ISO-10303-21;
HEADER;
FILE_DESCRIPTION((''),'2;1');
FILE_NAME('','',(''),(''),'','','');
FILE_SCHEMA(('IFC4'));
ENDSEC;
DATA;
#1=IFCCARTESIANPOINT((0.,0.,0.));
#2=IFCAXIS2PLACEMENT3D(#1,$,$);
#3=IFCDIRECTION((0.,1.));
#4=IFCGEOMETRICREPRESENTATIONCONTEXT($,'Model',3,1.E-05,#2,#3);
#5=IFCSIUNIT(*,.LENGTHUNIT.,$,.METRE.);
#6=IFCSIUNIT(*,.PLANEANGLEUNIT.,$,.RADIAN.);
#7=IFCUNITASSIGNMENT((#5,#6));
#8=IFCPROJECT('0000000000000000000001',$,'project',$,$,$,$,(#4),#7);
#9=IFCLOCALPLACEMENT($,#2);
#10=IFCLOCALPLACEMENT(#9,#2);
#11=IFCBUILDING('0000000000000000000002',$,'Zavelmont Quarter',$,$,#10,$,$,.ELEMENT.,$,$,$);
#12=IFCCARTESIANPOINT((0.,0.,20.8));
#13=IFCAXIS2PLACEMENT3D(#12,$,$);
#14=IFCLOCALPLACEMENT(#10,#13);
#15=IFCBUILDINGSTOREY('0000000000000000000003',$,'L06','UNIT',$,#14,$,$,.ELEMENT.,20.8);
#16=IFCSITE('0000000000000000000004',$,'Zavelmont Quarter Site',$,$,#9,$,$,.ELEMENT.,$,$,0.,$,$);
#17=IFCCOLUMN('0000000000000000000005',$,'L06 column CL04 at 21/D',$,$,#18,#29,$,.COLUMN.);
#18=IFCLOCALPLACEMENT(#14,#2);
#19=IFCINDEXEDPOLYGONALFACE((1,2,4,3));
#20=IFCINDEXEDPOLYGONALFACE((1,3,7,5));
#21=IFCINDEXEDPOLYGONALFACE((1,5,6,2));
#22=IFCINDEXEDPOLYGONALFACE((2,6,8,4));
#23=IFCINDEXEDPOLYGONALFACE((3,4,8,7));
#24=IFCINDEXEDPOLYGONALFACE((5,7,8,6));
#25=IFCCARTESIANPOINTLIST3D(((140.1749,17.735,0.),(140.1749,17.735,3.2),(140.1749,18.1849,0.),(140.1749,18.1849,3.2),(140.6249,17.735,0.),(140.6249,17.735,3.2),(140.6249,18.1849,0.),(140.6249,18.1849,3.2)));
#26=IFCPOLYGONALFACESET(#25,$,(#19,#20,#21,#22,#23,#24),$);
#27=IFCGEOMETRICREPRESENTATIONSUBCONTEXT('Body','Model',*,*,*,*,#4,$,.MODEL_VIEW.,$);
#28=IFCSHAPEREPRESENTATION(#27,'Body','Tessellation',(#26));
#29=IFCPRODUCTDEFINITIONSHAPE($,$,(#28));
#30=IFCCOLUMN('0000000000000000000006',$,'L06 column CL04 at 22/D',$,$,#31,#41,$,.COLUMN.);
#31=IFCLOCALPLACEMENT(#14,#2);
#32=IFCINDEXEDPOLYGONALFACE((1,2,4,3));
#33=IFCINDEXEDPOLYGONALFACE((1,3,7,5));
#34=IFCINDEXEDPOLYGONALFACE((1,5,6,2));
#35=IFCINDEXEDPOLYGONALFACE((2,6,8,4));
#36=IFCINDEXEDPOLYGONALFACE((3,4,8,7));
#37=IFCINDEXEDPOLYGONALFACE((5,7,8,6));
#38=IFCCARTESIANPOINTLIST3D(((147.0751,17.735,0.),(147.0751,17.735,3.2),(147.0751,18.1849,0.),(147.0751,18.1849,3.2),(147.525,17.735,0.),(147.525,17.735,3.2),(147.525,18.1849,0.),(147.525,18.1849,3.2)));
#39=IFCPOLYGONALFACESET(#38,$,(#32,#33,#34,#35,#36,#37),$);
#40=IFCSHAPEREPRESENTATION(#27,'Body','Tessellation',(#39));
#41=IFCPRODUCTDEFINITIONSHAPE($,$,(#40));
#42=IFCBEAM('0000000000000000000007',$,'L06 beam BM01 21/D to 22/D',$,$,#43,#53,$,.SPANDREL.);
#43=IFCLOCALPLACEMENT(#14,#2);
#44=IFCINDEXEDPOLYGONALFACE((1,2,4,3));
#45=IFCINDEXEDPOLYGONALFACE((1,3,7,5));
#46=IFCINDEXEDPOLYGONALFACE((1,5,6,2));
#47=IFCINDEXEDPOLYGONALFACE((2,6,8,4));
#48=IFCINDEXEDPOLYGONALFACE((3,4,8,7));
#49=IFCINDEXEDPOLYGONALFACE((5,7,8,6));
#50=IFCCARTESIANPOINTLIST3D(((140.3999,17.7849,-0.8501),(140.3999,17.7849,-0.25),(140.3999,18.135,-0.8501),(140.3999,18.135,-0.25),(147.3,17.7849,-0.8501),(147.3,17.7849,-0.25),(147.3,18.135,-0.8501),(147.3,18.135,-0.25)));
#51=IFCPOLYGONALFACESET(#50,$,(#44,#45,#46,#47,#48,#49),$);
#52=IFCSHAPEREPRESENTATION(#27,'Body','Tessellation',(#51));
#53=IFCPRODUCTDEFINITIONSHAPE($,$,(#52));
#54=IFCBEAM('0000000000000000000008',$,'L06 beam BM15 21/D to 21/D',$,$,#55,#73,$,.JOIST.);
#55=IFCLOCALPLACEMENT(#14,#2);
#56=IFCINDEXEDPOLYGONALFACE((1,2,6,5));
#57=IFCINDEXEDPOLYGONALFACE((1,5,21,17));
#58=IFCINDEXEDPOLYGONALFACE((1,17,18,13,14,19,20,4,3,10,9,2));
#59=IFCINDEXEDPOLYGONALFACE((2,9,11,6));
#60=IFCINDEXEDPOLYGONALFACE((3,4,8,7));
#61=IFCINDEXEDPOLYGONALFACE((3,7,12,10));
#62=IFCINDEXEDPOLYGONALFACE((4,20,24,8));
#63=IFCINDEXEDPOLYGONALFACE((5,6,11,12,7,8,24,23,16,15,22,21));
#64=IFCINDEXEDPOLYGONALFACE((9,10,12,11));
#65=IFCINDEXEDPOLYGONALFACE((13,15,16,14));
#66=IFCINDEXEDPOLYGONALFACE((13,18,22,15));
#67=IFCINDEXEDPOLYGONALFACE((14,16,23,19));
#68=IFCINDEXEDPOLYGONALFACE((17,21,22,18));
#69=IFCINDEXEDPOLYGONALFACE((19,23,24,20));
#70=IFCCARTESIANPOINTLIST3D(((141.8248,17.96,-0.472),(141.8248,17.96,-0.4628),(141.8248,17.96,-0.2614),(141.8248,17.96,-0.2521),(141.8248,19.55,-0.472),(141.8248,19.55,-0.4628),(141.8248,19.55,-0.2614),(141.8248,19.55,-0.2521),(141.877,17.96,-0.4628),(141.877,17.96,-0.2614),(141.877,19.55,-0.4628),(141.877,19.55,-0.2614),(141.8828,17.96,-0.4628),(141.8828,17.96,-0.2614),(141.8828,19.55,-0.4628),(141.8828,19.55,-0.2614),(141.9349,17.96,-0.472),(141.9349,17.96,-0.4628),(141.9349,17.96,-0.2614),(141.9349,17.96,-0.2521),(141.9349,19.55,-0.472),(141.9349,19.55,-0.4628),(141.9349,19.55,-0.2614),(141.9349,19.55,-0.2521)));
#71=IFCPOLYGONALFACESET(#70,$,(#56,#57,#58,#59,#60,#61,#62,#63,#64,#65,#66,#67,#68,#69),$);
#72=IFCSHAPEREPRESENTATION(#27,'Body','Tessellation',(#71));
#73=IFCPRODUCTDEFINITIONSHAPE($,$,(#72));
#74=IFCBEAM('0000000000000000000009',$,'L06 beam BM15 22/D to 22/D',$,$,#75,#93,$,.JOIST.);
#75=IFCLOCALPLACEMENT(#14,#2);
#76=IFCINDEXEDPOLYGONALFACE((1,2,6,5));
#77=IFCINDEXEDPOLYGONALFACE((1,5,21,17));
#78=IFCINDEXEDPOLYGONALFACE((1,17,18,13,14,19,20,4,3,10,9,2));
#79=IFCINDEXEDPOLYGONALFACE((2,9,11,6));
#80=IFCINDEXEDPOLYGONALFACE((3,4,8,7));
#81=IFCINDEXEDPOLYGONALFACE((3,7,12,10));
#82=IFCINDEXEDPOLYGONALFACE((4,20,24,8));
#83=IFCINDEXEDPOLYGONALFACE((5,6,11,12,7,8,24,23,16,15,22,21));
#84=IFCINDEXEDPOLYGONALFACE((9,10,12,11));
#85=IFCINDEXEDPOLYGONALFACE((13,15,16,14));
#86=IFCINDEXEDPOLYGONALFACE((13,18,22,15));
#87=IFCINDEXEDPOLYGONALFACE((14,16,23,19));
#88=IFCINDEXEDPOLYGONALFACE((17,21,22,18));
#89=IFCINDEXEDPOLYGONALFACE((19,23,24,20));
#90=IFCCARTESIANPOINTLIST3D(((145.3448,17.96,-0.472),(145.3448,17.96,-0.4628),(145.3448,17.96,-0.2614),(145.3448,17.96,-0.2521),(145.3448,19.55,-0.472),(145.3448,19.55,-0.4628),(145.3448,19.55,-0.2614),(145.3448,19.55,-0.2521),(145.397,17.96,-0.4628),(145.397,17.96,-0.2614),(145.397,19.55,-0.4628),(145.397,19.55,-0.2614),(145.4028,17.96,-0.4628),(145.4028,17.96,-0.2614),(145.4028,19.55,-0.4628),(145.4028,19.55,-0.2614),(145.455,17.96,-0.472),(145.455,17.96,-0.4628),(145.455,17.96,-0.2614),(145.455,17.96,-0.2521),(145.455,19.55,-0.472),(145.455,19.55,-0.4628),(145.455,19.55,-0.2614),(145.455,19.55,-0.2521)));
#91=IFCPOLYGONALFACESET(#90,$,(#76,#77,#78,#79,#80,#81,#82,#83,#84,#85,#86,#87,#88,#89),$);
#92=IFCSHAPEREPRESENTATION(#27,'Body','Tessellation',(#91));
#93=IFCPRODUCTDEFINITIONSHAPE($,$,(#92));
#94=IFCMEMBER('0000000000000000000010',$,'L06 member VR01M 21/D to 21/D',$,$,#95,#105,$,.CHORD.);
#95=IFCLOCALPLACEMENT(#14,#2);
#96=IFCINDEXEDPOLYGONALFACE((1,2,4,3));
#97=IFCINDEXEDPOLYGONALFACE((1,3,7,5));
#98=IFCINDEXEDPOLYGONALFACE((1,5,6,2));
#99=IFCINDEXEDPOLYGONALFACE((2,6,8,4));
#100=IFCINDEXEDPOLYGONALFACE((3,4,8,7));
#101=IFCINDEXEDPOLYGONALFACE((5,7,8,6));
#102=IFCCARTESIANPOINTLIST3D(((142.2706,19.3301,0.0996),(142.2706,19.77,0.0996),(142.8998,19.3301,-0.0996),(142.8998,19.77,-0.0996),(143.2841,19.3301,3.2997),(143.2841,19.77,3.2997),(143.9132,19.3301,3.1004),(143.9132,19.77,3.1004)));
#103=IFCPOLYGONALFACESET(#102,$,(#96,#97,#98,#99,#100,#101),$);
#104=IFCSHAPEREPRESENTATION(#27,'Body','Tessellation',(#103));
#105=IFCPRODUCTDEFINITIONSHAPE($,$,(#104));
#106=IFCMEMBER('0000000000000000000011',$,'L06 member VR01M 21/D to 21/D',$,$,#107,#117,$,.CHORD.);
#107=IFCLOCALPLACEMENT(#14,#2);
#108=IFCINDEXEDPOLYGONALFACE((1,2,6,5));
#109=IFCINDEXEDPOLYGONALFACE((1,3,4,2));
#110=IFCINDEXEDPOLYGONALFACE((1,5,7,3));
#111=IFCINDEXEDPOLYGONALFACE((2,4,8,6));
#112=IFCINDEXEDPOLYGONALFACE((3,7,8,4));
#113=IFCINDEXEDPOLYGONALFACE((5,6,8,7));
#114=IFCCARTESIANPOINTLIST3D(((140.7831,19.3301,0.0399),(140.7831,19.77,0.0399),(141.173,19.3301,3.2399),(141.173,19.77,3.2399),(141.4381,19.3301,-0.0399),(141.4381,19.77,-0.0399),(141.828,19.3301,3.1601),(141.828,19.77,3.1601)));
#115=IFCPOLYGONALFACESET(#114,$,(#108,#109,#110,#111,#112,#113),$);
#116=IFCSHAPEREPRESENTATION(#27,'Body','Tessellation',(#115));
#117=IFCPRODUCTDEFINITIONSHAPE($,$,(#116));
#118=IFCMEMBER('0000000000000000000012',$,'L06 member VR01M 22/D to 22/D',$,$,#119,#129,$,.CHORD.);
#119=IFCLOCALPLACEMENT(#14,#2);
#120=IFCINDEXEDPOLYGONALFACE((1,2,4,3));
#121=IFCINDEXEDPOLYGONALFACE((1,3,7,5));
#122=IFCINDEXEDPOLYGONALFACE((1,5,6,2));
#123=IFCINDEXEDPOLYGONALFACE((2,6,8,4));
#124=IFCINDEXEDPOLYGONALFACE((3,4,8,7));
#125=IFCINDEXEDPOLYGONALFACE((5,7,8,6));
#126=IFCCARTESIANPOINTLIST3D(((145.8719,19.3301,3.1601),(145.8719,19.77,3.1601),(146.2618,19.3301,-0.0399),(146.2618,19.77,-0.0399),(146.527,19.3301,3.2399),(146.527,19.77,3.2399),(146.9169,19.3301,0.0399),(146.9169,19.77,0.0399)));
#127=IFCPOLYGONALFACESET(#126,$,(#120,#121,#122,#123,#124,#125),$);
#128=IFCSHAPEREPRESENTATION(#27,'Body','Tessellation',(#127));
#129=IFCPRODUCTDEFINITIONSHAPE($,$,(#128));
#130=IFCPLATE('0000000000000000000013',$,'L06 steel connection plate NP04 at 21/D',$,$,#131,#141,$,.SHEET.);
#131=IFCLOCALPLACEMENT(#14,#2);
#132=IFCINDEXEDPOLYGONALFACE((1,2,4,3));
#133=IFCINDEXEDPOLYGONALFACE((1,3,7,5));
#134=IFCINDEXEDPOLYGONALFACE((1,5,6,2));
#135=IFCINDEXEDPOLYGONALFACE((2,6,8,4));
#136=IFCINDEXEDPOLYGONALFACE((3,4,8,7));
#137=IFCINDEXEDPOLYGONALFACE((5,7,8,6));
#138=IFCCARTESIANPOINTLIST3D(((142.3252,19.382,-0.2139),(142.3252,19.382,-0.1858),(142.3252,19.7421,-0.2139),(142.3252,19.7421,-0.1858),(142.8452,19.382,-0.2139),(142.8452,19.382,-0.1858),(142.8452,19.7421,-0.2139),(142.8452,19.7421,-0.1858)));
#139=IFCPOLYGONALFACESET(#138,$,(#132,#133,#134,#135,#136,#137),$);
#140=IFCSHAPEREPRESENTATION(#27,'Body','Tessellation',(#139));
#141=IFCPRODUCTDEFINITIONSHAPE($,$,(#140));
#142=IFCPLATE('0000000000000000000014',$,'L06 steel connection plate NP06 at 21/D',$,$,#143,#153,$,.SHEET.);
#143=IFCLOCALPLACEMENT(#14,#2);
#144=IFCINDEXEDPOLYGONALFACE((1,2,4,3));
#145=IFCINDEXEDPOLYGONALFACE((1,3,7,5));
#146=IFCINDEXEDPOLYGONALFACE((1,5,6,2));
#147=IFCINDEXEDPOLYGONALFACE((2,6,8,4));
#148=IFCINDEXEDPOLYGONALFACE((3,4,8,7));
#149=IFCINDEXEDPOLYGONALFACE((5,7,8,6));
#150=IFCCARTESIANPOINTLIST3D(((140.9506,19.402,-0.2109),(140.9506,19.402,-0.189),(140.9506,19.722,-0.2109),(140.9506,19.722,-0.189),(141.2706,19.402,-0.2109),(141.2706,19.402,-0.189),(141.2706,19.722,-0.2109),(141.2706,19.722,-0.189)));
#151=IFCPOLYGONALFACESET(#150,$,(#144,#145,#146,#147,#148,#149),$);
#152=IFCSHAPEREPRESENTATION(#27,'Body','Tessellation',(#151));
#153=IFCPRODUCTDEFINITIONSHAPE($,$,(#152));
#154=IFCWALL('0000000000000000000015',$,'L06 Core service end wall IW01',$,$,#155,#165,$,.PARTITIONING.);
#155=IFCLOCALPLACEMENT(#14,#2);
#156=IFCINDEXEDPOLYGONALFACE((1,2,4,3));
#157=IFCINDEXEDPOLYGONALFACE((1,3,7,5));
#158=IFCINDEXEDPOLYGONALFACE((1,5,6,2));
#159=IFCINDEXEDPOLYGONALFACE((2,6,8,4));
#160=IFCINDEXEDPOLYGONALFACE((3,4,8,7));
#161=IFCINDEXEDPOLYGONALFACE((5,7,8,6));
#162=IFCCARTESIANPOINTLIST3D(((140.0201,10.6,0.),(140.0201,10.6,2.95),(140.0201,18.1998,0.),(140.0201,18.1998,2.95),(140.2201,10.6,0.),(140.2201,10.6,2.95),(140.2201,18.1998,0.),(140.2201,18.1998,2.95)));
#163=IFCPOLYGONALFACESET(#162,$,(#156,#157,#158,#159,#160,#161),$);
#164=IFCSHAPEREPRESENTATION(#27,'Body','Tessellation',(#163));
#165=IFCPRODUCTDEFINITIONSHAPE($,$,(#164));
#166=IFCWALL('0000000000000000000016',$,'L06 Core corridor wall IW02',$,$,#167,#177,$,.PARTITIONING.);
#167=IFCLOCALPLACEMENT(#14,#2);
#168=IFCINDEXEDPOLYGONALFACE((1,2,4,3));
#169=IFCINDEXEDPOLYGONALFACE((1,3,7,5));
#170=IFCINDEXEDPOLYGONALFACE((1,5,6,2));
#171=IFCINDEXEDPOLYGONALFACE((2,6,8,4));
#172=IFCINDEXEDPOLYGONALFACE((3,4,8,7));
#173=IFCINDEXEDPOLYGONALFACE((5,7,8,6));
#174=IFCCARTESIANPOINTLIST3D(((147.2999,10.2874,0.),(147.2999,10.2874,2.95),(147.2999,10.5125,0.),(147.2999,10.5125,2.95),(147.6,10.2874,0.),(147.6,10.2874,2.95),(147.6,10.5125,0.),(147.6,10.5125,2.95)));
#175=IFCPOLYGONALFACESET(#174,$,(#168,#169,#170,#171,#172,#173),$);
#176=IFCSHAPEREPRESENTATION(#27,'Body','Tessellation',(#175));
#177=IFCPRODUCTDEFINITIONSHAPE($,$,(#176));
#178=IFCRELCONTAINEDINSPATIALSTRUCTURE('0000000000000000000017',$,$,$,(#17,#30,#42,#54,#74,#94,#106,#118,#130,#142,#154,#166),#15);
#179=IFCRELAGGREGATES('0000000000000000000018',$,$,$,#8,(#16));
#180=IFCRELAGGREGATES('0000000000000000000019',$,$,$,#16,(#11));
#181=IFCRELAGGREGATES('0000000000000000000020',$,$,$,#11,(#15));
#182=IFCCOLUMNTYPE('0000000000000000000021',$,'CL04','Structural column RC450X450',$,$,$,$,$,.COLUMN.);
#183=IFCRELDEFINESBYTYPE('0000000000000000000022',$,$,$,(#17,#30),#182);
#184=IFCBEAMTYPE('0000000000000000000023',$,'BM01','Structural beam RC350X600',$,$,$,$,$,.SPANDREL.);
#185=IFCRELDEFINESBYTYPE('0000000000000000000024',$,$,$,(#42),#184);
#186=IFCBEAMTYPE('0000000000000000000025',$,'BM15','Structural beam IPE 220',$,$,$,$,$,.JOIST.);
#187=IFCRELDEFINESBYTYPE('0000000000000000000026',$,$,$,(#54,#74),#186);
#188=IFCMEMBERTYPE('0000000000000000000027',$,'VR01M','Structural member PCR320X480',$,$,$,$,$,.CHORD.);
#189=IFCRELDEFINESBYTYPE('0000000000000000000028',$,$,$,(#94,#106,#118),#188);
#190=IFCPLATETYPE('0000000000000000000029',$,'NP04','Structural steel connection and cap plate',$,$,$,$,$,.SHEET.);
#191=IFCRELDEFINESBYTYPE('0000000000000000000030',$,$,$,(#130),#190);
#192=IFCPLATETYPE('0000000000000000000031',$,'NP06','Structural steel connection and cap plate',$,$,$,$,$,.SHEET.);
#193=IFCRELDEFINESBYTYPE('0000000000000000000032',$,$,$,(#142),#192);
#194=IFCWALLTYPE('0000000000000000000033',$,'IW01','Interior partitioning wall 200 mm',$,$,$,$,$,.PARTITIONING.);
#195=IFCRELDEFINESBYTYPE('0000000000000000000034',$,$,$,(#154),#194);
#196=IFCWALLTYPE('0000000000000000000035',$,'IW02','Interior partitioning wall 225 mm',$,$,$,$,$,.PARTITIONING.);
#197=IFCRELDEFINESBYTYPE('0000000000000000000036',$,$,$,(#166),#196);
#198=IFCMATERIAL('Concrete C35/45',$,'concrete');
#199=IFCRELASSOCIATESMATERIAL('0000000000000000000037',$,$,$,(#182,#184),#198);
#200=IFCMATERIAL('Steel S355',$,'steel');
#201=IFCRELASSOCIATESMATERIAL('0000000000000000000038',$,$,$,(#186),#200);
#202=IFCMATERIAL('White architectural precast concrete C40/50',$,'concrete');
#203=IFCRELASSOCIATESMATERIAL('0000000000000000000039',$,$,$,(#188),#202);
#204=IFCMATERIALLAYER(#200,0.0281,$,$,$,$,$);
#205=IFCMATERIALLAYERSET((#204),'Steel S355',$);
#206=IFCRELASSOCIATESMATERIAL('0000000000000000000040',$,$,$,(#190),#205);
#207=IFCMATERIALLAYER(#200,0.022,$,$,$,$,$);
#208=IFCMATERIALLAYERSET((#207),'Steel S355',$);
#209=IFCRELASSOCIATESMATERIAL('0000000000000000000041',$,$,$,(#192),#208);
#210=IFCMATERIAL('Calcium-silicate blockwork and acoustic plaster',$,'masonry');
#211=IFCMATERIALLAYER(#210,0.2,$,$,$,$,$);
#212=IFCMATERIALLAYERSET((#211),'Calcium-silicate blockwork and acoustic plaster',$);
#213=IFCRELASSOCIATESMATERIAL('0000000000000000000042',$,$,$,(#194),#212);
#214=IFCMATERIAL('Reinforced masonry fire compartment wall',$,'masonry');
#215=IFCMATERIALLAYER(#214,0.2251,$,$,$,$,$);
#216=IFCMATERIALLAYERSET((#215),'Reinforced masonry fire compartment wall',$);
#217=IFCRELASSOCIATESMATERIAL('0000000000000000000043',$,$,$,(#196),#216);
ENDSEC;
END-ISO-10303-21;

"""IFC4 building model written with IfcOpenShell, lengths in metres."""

from ifc_helpers import new_model, si_unit, direction, frame, frame_2d, origin, origin_2d, place, context, subcontext, project, spatial, rectangle, i_section, extrude, material, layer, layer_set, material_profile, profile_set, type_object, element, save


model = new_model("IFC4")

# Units and contexts
model_context = context("Model", 3, precision=1e-05, world=origin(), true_north=direction((0.0, 1.0)))
body_context = subcontext(model_context, "Body", "Model", "MODEL_VIEW")
ifc_project = project(units=[si_unit("LENGTHUNIT", "METRE"), si_unit("PLANEANGLEUNIT", "RADIAN")], contexts=[model_context])

# Site, building, storey
site_placement = place(None, origin())
site = spatial("IfcSite", under=ifc_project, at=site_placement, Name="Zavelmont Quarter Site", CompositionType="ELEMENT", RefElevation=0.0)
building_placement = place(site_placement, origin())
building = spatial("IfcBuilding", under=site, at=building_placement, Name="Zavelmont Quarter", CompositionType="ELEMENT")
storey_placement = place(building_placement, frame((0.0, 0.0, 20.8)))
storey = spatial("IfcBuildingStorey", under=building, at=storey_placement, Name="L06", Description="UNIT", CompositionType="ELEMENT", Elevation=20.8)

# Columns
ifc_material_1 = material(Name="Concrete C35/45", Category="concrete")
ifc_material_profile_1 = material_profile(ifc_material_1, rectangle(XDim=0.45, YDim=0.45, at=origin_2d()), Name="RC450X450")
ifc_profile_set_1 = profile_set([ifc_material_profile_1], Name="Concrete C35/45")
column_type = type_object("IfcColumnType", Name="CL04", Description="Structural column RC450X450", PredefinedType="COLUMN", material=ifc_profile_set_1)
for number, where, z_axis, x_axis, name in (
    (1, (140.3999, 17.96, 0.0), (0.0, 0.0, 1.0), (1.0, 0.0, 0.0), "L06 column CL04 at 21/D"),
    (2, (147.3, 17.96, 0.0), (0.0, 0.0, 1.0), (1.0, 0.0, 0.0), "L06 column CL04 at 22/D"),
):
    element("IfcColumn", number, at=place(storey_placement, frame(where, z_axis=z_axis, x_axis=x_axis)), inside=storey, type_object=column_type, Name=name, PredefinedType="COLUMN", context=body_context, shape_type="SweptSolid", body=[
        extrude(rectangle(XDim=0.45, YDim=0.45, at=origin_2d()), origin(), (0.0, 0.0, 1.0), 3.2),
    ])

# Beams
ifc_material_profile_2 = material_profile(ifc_material_1, rectangle(XDim=0.3501, YDim=0.6001, at=origin_2d()), Name="RC350X600")
ifc_profile_set_2 = profile_set([ifc_material_profile_2], Name="Concrete C35/45")
beam_type_1 = type_object("IfcBeamType", Name="BM01", Description="Structural beam RC350X600", PredefinedType="SPANDREL", material=ifc_profile_set_2)
beam_placement = place(storey_placement, frame((140.3999, 17.96, -0.55), z_axis=(1.0, 0.0, 0.0), x_axis=(0.0, 1.0, 0.0)))
element("IfcBeam", 3, at=beam_placement, inside=storey, type_object=beam_type_1, Name="L06 beam BM01 21/D to 22/D", PredefinedType="SPANDREL", context=body_context, shape_type="SweptSolid", body=[
    extrude(rectangle(XDim=0.3501, YDim=0.6001, at=origin_2d()), origin(), (0.0, 0.0, 1.0), 6.9001),
])
ifc_material_2 = material(Name="Steel S355", Category="steel")
ifc_material_profile_3 = material_profile(ifc_material_2, i_section(OverallWidth=0.1101, OverallDepth=0.22, WebThickness=0.0059, FlangeThickness=0.0093, at=origin_2d()), Name="IPE 220")
ifc_profile_set_3 = profile_set([ifc_material_profile_3], Name="Steel S355")
beam_type_2 = type_object("IfcBeamType", Name="BM15", Description="Structural beam IPE 220", PredefinedType="JOIST", material=ifc_profile_set_3)
for number, where, z_axis, x_axis, name in (
    (4, (141.8799, 17.96, -0.3621), (0.0, 1.0, 0.0), (-1.0, 0.0, 0.0), "L06 beam BM15 21/D to 21/D"),
    (5, (145.3999, 17.96, -0.3621), (0.0, 1.0, 0.0), (-1.0, 0.0, 0.0), "L06 beam BM15 22/D to 22/D"),
):
    element("IfcBeam", number, at=place(storey_placement, frame(where, z_axis=z_axis, x_axis=x_axis)), inside=storey, type_object=beam_type_2, Name=name, PredefinedType="JOIST", context=body_context, shape_type="SweptSolid", body=[
        extrude(i_section(OverallWidth=0.1101, OverallDepth=0.22, WebThickness=0.0059, FlangeThickness=0.0093, at=origin_2d()), origin(), (0.0, 0.0, 1.0), 1.5901),
    ])

# Members
ifc_material_3 = material(Name="White architectural precast concrete C40/50", Category="concrete")
ifc_material_profile_4 = material_profile(ifc_material_3, rectangle(XDim=0.4399, YDim=0.6599, at=origin_2d()), Name="PCR320X480")
ifc_profile_set_4 = profile_set([ifc_material_profile_4], Name="White architectural precast concrete C40/50")
member_type = type_object("IfcMemberType", Name="VR01M", Description="Structural member PCR320X480", PredefinedType="CHORD", material=ifc_profile_set_4)
member_placement = place(storey_placement, frame((142.5852, 19.55, 0.0), z_axis=(0.301921, 0.0, 0.953333), x_axis=(0.0, 1.0, 0.0)))
element("IfcMember", 6, at=member_placement, inside=storey, type_object=member_type, Name="L06 member VR01M 21/D to 21/D", PredefinedType="CHORD", context=body_context, shape_type="SweptSolid", body=[
    extrude(rectangle(XDim=0.4399, YDim=0.6599, at=origin_2d()), origin(), (0.0, 0.0, 1.0), 3.3567),
])
for number, where, z_axis, x_axis, name in (
    (7, (141.1106, 19.55, 0.0), (0.120949, 0.0, 0.992659), (0.0, 1.0, 0.0), "L06 member VR01M 21/D to 21/D"),
    (8, (146.5894, 19.55, 0.0), (-0.120949, 0.0, 0.992659), (0.0, -1.0, 0.0), "L06 member VR01M 22/D to 22/D"),
):
    element("IfcMember", number, at=place(storey_placement, frame(where, z_axis=z_axis, x_axis=x_axis)), inside=storey, type_object=member_type, Name=name, PredefinedType="CHORD", context=body_context, shape_type="SweptSolid", body=[
        extrude(rectangle(XDim=0.4399, YDim=0.6599, at=origin_2d()), origin(), (0.0, 0.0, 1.0), 3.2236),
    ])

# Plates
ifc_layer_1 = layer(ifc_material_2, 0.0281)
ifc_layer_set_1 = layer_set([ifc_layer_1], Name="Steel S355")
plate_type_1 = type_object("IfcPlateType", Name="NP04", Description="Structural steel connection and cap plate", PredefinedType="SHEET", material=ifc_layer_set_1)
plate_1_placement = place(storey_placement, frame((142.5852, 19.562, -0.2139), z_axis=(0.0, 0.0, 1.0), x_axis=(1.0, 0.0, 0.0)))
element("IfcPlate", 9, at=plate_1_placement, inside=storey, type_object=plate_type_1, Name="L06 steel connection plate NP04 at 21/D", PredefinedType="SHEET", context=body_context, shape_type="SweptSolid", body=[
    extrude(rectangle(XDim=0.52, YDim=0.3601, at=origin_2d()), origin(), (0.0, 0.0, 1.0), 0.0281),
])
ifc_layer_2 = layer(ifc_material_2, 0.022)
ifc_layer_set_2 = layer_set([ifc_layer_2], Name="Steel S355")
plate_type_2 = type_object("IfcPlateType", Name="NP06", Description="Structural steel connection and cap plate", PredefinedType="SHEET", material=ifc_layer_set_2)
plate_2_placement = place(storey_placement, frame((141.1106, 19.562, -0.2109), z_axis=(0.0, 0.0, 1.0), x_axis=(1.0, 0.0, 0.0)))
element("IfcPlate", 10, at=plate_2_placement, inside=storey, type_object=plate_type_2, Name="L06 steel connection plate NP06 at 21/D", PredefinedType="SHEET", context=body_context, shape_type="SweptSolid", body=[
    extrude(rectangle(XDim=0.3201, YDim=0.3201, at=origin_2d()), origin(), (0.0, 0.0, 1.0), 0.022),
])

# Walls
ifc_material_4 = material(Name="Calcium-silicate blockwork and acoustic plaster", Category="masonry")
ifc_layer_3 = layer(ifc_material_4, 0.2)
ifc_layer_set_3 = layer_set([ifc_layer_3], Name="Calcium-silicate blockwork and acoustic plaster")
wall_type_1 = type_object("IfcWallType", Name="IW01", Description="Interior partitioning wall 200 mm", PredefinedType="PARTITIONING", material=ifc_layer_set_3)
wall_1_placement = place(storey_placement, frame((140.1201, 10.6001, 0.0), z_axis=(0.0, 0.0, 1.0), x_axis=(0.0, 1.0, 0.0)))
element("IfcWall", 11, at=wall_1_placement, inside=storey, type_object=wall_type_1, Name="L06 Core service end wall IW01", PredefinedType="PARTITIONING", context=body_context, shape_type="SweptSolid", body=[
    extrude(rectangle(XDim=7.5999, YDim=0.2, at=frame_2d((3.7998, 0.0))), origin(), (0.0, 0.0, 1.0), 2.95),
])
ifc_material_5 = material(Name="Reinforced masonry fire compartment wall", Category="masonry")
ifc_layer_4 = layer(ifc_material_5, 0.2251)
ifc_layer_set_4 = layer_set([ifc_layer_4], Name="Reinforced masonry fire compartment wall")
wall_type_2 = type_object("IfcWallType", Name="IW02", Description="Interior partitioning wall 225 mm", PredefinedType="PARTITIONING", material=ifc_layer_set_4)
wall_2_placement = place(storey_placement, frame((147.3, 10.3999, 0.0), z_axis=(0.0, 0.0, 1.0), x_axis=(1.0, 0.0, 0.0)))
element("IfcWall", 12, at=wall_2_placement, inside=storey, type_object=wall_type_2, Name="L06 Core corridor wall IW02", PredefinedType="PARTITIONING", context=body_context, shape_type="SweptSolid", body=[
    extrude(rectangle(XDim=0.3, YDim=0.2251, at=frame_2d((0.1499, 0.0))), origin(), (0.0, 0.0, 1.0), 2.95),
])

save(model, "model.ifc")
